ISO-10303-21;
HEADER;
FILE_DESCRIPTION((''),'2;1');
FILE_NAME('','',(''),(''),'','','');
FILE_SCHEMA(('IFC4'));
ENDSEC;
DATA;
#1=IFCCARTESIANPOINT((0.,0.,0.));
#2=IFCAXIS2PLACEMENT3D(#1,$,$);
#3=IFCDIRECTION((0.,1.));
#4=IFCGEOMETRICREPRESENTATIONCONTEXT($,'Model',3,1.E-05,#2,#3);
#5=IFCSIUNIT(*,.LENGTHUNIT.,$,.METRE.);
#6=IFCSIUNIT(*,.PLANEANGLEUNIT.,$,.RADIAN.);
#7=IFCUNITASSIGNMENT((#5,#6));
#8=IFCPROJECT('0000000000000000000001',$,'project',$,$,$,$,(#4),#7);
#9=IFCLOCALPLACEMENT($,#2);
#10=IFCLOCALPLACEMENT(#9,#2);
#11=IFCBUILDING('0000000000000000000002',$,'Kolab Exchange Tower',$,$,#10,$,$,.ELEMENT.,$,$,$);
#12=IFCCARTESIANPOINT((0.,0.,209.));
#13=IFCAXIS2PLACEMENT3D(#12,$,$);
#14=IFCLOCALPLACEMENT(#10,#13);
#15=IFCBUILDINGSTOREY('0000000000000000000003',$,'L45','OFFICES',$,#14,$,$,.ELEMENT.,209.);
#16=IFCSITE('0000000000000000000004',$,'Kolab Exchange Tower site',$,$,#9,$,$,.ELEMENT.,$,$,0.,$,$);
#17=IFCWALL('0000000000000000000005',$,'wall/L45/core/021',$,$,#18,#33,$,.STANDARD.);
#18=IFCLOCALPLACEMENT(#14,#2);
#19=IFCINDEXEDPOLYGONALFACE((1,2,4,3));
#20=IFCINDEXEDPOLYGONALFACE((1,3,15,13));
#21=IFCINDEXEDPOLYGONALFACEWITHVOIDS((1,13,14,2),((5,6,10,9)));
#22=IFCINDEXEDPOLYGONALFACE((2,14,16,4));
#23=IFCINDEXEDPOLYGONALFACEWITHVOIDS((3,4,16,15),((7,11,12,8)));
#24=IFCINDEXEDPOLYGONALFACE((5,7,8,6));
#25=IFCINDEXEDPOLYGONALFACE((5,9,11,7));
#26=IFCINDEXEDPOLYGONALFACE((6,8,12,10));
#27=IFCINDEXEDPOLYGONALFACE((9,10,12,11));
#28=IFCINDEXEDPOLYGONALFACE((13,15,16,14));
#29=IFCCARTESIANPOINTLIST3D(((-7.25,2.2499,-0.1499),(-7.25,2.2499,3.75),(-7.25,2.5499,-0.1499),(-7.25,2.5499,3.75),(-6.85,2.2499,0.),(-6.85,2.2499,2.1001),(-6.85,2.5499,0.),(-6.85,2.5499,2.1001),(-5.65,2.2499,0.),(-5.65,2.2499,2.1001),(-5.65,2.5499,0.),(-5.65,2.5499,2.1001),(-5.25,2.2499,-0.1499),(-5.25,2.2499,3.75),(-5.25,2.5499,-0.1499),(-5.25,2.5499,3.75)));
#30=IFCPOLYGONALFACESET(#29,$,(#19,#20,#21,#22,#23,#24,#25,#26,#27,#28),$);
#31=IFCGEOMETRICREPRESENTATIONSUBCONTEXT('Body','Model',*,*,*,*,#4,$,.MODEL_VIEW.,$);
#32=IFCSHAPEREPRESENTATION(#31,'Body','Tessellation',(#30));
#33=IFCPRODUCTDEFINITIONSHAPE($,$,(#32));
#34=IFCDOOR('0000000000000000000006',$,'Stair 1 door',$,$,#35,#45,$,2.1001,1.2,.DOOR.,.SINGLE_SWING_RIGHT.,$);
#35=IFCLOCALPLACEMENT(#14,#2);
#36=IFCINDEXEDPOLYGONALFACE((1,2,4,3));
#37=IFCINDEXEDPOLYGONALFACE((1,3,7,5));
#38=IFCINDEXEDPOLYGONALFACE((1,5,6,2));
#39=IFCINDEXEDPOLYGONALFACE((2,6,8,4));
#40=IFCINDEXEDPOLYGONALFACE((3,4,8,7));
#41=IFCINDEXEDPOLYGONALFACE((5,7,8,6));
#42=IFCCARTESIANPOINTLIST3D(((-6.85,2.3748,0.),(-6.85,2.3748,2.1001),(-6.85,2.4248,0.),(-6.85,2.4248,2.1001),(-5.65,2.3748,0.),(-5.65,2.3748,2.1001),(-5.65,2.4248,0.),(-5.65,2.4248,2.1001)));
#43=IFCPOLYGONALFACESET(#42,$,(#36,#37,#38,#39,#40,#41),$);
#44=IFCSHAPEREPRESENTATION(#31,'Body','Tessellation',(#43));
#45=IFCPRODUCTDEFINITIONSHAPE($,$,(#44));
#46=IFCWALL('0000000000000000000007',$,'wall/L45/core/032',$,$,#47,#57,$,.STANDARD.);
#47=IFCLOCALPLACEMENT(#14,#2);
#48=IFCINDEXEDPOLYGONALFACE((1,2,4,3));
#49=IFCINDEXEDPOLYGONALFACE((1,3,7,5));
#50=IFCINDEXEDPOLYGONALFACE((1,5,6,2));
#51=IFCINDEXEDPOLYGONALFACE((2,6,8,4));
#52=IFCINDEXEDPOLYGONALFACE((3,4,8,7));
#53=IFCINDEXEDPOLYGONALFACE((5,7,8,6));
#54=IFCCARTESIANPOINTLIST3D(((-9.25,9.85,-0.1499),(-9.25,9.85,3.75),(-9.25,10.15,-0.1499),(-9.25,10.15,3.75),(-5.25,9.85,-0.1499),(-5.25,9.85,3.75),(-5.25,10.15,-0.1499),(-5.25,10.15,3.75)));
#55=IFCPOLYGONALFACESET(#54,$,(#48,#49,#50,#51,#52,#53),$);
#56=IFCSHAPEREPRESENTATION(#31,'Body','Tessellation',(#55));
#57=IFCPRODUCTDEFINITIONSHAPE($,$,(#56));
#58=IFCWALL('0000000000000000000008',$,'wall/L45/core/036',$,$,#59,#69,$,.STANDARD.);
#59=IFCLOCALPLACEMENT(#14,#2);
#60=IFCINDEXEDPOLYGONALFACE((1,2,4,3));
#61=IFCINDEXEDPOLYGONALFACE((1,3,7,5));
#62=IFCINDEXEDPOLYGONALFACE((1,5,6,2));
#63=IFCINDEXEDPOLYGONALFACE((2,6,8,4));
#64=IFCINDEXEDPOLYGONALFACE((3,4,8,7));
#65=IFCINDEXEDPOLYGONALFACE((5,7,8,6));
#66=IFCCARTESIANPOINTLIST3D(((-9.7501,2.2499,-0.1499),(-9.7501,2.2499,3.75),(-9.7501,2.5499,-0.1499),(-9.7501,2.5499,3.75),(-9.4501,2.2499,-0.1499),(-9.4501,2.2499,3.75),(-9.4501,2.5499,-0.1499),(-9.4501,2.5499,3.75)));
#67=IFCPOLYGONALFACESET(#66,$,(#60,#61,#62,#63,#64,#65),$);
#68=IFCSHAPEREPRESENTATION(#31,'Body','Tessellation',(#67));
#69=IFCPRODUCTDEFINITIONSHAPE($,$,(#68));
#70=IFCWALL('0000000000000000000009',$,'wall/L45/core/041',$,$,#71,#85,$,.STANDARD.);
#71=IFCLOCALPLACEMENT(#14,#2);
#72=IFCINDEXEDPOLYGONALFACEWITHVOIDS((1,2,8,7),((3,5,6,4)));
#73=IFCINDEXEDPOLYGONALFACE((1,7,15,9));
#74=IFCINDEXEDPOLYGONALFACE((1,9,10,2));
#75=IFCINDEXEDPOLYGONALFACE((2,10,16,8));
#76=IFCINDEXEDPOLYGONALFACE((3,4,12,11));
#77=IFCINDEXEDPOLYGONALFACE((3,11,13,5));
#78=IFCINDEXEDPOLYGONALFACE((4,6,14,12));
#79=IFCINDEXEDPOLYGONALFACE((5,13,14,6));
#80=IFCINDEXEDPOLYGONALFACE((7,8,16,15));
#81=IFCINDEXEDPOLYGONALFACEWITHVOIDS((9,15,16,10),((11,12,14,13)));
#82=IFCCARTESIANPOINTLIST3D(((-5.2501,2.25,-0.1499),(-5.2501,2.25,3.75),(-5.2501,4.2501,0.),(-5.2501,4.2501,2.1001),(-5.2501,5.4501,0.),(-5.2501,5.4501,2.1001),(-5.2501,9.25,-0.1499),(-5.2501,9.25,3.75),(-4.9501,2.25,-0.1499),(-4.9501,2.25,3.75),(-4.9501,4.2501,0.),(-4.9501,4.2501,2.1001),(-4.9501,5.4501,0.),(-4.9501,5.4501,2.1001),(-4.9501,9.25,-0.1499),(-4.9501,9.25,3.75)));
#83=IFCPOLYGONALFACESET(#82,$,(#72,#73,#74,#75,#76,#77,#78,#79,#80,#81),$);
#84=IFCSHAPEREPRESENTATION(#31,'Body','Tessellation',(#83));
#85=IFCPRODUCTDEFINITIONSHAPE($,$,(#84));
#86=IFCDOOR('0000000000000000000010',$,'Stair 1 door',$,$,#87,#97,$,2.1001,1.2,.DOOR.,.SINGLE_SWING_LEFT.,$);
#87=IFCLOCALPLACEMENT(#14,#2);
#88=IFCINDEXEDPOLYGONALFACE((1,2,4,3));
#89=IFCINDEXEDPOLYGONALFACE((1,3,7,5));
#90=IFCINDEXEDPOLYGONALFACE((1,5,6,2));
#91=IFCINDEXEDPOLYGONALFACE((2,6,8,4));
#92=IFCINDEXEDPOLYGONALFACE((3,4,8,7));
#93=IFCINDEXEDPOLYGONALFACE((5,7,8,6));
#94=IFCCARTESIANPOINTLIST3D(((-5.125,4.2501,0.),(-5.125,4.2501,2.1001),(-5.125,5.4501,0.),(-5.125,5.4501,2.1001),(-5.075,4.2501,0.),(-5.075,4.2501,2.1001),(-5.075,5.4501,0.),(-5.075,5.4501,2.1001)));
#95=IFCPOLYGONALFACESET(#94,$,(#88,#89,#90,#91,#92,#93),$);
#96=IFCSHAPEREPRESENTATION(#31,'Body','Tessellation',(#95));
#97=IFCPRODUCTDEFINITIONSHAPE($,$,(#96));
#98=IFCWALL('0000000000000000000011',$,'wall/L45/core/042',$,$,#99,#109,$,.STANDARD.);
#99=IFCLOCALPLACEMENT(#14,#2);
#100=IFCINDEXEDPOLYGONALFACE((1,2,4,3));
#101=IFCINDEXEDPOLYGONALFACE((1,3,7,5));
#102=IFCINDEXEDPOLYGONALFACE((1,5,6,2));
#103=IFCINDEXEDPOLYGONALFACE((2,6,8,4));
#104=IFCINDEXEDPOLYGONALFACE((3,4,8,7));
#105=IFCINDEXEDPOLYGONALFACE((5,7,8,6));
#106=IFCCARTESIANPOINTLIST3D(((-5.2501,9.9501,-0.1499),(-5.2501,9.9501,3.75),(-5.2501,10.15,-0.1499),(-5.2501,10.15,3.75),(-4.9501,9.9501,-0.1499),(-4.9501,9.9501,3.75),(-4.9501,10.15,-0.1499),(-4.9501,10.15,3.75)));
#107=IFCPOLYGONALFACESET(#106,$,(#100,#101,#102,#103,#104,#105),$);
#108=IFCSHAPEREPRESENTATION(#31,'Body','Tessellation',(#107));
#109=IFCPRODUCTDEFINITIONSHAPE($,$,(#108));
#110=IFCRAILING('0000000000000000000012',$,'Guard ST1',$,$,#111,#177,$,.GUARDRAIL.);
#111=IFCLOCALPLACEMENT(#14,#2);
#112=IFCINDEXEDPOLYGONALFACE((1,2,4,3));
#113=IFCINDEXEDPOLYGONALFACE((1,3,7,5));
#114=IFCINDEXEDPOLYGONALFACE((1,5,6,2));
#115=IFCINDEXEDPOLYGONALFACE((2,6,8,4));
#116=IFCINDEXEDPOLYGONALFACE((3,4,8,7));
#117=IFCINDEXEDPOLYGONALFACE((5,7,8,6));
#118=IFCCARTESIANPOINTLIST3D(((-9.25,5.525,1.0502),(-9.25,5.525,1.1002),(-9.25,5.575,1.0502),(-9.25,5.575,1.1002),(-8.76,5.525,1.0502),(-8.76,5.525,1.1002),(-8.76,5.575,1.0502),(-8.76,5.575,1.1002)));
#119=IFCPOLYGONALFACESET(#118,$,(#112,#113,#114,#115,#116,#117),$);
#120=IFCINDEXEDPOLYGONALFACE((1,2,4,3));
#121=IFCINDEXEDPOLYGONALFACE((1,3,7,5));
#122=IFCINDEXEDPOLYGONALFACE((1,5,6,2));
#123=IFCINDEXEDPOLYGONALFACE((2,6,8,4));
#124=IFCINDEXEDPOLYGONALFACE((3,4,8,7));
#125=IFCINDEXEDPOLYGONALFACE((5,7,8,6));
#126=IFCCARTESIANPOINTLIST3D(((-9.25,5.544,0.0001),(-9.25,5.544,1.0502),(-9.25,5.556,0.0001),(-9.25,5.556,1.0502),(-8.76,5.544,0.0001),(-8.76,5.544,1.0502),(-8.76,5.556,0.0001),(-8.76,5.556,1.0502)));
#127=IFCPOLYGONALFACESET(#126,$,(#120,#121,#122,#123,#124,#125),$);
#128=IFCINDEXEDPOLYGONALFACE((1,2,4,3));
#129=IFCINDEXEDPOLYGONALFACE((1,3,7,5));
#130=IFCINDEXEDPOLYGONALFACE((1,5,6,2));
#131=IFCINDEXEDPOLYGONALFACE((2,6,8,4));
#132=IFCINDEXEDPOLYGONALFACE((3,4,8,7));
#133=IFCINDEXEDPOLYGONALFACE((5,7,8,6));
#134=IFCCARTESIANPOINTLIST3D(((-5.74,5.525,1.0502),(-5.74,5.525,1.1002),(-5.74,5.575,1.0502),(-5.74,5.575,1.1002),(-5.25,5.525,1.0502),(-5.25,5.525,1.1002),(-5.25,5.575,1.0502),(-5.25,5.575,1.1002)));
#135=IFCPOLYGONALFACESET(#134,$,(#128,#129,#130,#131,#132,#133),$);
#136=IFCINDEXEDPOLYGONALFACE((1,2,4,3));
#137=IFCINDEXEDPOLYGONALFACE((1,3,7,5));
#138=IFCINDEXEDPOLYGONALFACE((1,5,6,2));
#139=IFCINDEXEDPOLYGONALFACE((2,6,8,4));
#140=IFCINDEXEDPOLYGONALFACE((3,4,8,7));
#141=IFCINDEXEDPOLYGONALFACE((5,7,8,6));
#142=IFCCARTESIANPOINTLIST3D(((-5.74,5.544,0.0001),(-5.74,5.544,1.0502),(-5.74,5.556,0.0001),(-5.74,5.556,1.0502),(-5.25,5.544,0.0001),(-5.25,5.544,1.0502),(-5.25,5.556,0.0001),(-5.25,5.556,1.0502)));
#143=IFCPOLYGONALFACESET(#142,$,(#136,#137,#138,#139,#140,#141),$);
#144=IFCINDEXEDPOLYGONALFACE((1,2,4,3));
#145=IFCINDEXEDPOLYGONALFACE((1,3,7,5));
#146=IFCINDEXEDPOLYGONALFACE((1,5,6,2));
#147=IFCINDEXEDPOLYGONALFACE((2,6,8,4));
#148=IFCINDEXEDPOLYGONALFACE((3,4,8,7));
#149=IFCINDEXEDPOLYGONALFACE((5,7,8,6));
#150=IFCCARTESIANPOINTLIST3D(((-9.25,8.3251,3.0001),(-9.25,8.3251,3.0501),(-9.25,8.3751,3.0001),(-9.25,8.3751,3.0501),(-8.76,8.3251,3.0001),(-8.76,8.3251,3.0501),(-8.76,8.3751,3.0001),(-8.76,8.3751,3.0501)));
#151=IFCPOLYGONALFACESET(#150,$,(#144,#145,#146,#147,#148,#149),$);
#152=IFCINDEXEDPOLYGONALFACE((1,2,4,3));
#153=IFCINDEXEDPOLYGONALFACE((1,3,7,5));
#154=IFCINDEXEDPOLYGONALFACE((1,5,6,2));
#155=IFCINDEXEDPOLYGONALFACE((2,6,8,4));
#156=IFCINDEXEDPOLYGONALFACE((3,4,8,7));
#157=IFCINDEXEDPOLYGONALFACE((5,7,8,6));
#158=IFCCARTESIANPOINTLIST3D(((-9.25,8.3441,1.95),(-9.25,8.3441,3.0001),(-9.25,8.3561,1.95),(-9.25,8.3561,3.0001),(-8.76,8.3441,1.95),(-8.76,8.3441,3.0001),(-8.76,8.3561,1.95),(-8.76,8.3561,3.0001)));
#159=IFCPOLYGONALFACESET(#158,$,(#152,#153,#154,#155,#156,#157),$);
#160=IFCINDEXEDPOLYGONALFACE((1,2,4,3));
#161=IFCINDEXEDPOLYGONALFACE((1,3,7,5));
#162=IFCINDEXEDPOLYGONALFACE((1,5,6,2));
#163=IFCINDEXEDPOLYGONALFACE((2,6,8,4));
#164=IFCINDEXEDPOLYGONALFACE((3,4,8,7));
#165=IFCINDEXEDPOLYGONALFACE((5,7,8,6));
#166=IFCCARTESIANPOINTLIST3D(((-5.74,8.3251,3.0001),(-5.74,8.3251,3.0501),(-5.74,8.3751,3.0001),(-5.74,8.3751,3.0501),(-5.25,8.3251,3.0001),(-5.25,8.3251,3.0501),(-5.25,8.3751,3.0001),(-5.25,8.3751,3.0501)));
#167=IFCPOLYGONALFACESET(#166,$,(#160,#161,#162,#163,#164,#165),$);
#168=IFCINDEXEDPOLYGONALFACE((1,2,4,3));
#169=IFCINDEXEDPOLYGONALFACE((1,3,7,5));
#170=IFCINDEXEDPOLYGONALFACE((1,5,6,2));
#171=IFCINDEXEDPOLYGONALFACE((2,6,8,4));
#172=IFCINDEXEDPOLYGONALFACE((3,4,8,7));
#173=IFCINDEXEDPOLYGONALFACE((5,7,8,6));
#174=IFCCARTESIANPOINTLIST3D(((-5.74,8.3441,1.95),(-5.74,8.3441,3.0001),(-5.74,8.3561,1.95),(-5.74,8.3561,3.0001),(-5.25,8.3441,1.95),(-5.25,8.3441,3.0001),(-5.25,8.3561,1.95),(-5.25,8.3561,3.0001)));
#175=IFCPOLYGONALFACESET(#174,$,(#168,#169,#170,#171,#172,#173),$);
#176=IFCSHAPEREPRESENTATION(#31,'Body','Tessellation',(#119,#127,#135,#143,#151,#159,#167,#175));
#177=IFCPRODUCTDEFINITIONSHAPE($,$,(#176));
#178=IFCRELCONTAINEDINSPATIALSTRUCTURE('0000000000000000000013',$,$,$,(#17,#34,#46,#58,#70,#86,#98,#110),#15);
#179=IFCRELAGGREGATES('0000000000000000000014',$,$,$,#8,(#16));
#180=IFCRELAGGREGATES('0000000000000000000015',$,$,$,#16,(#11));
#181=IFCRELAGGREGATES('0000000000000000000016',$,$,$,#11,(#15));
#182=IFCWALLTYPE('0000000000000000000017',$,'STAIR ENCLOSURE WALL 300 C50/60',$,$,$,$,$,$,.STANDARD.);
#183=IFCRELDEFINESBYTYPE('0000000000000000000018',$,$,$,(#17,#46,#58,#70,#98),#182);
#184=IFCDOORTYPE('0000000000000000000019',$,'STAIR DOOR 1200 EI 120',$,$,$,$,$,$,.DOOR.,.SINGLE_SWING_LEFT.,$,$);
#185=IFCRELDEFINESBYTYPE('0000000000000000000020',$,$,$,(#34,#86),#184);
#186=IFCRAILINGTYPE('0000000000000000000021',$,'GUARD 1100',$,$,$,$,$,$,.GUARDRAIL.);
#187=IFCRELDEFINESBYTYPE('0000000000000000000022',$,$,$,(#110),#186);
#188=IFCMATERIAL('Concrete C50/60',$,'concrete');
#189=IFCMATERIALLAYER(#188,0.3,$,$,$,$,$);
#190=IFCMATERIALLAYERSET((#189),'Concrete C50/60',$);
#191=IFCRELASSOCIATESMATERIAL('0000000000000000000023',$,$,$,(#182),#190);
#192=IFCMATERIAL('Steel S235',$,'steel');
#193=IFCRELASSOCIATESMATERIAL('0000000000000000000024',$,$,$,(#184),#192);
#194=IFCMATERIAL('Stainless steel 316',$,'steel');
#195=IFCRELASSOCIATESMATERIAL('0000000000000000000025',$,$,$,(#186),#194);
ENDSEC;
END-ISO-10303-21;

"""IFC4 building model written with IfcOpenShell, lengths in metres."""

from ifc_helpers import new_model, si_unit, direction, frame, frame_2d, origin, origin_2d, place, context, subcontext, project, spatial, rectangle, extrude, material, layer, layer_set, type_object, element, fill, save


model = new_model("IFC4")

# Units and contexts
model_context = context("Model", 3, precision=1e-05, world=origin(), true_north=direction((0.0, 1.0)))
body_context = subcontext(model_context, "Body", "Model", "MODEL_VIEW")
ifc_project = project(units=[si_unit("LENGTHUNIT", "METRE"), si_unit("PLANEANGLEUNIT", "RADIAN")], contexts=[model_context])

# Site, building, storey
site_placement = place(None, origin())
site = spatial("IfcSite", under=ifc_project, at=site_placement, Name="Kolab Exchange Tower site", CompositionType="ELEMENT", RefElevation=0.0)
building_placement = place(site_placement, origin())
building = spatial("IfcBuilding", under=site, at=building_placement, Name="Kolab Exchange Tower", CompositionType="ELEMENT")
storey_placement = place(building_placement, frame((0.0, 0.0, 209.0)))
storey = spatial("IfcBuildingStorey", under=building, at=storey_placement, Name="L45", Description="OFFICES", CompositionType="ELEMENT", Elevation=209.0)

# Shared definitions
ifc_material_1 = material(Name="Steel S235", Category="steel")

# Shared definitions
ifc_material_2 = material(Name="Concrete C50/60", Category="concrete")

# Shared definitions
ifc_material_3 = material(Name="Stainless steel 316", Category="steel")

# Shared definitions
ifc_layer_1 = layer(ifc_material_2, 0.3)
ifc_layer_set_1 = layer_set([ifc_layer_1], Name="Concrete C50/60")
wall_type_1 = type_object("IfcWallType", Name="STAIR ENCLOSURE WALL 300 C50/60", PredefinedType="STANDARD", material=ifc_layer_set_1)

# Wall, opening, door
wall_1_placement = place(storey_placement, frame((-7.25, 2.3999, -0.1499), z_axis=(0.0, 0.0, 1.0), x_axis=(1.0, 0.0, 0.0)))
wall_1 = element("IfcWall", 1, at=wall_1_placement, inside=storey, type_object=wall_type_1, Name="wall/L45/core/021", PredefinedType="STANDARD", context=body_context, shape_type="SweptSolid", body=[
    extrude(rectangle(XDim=2.0, YDim=0.3, at=frame_2d((1.0, 0.0))), origin(), (0.0, 0.0, 1.0), 3.8999),
])
opening_1_placement = place(wall_1_placement, frame((0.3999, 0.0, 0.1499)))
opening_1 = element("IfcOpeningElement", 2, at=opening_1_placement, cuts=wall_1, PredefinedType="OPENING", context=body_context, shape_type="SweptSolid", body=[
    extrude(rectangle(XDim=1.2, YDim=2.1001, at=frame_2d((0.6001, 1.05))), frame((0.0, 0.1602, 0.0), z_axis=(0.0, -1.0, 0.0), x_axis=(1.0, 0.0, 0.0)), (0.0, 0.0, 1.0), 0.3201),
])
door_type_1 = type_object("IfcDoorType", Name="STAIR DOOR 1200 EI 120", OperationType="SINGLE_SWING_LEFT", PredefinedType="DOOR", material=ifc_material_1)
door_1_placement = place(opening_1_placement, origin())
door_1 = element("IfcDoor", 3, at=door_1_placement, inside=storey, type_object=door_type_1, Name="Stair 1 door", OperationType="SINGLE_SWING_RIGHT", OverallHeight=2.1001, OverallWidth=1.2, PredefinedType="DOOR", context=body_context, shape_type="SweptSolid", body=[
    extrude(rectangle(XDim=1.2, YDim=2.1001, at=frame_2d((0.6001, 1.05))), frame((0.0, 0.0249, 0.0), z_axis=(0.0, -1.0, 0.0), x_axis=(1.0, 0.0, 0.0)), (0.0, 0.0, 1.0), 0.05),
])
fill(opening_1, door_1)

# Walls
wall_2_placement = place(storey_placement, frame((-9.25, 10.0, -0.1499), z_axis=(0.0, 0.0, 1.0), x_axis=(1.0, 0.0, 0.0)))
element("IfcWall", 4, at=wall_2_placement, inside=storey, type_object=wall_type_1, Name="wall/L45/core/032", PredefinedType="STANDARD", context=body_context, shape_type="SweptSolid", body=[
    extrude(rectangle(XDim=4.0, YDim=0.3, at=frame_2d((2.0, 0.0))), origin(), (0.0, 0.0, 1.0), 3.8999),
])
wall_3_placement = place(storey_placement, frame((-9.6001, 2.25, -0.1499), z_axis=(0.0, 0.0, 1.0), x_axis=(0.0, 1.0, 0.0)))
element("IfcWall", 5, at=wall_3_placement, inside=storey, type_object=wall_type_1, Name="wall/L45/core/036", PredefinedType="STANDARD", context=body_context, shape_type="SweptSolid", body=[
    extrude(rectangle(XDim=0.3, YDim=0.3, at=frame_2d((0.1499, 0.0))), origin(), (0.0, 0.0, 1.0), 3.8999),
])

# Wall, opening, door
wall_4_placement = place(storey_placement, frame((-5.1001, 2.25, -0.1499), z_axis=(0.0, 0.0, 1.0), x_axis=(0.0, 1.0, 0.0)))
wall_4 = element("IfcWall", 6, at=wall_4_placement, inside=storey, type_object=wall_type_1, Name="wall/L45/core/041", PredefinedType="STANDARD", context=body_context, shape_type="SweptSolid", body=[
    extrude(rectangle(XDim=7.0, YDim=0.3, at=frame_2d((3.5, 0.0))), origin(), (0.0, 0.0, 1.0), 3.8999),
])
opening_2_placement = place(wall_4_placement, frame((2.0, 0.0, 0.1499)))
opening_2 = element("IfcOpeningElement", 7, at=opening_2_placement, cuts=wall_4, PredefinedType="OPENING", context=body_context, shape_type="SweptSolid", body=[
    extrude(rectangle(XDim=1.2, YDim=2.1001, at=frame_2d((0.6001, 1.05))), frame((0.0, 0.1602, 0.0), z_axis=(0.0, -1.0, 0.0), x_axis=(1.0, 0.0, 0.0)), (0.0, 0.0, 1.0), 0.3201),
])
door_2_placement = place(opening_2_placement, origin())
door_2 = element("IfcDoor", 8, at=door_2_placement, inside=storey, type_object=door_type_1, Name="Stair 1 door", OperationType="SINGLE_SWING_LEFT", OverallHeight=2.1001, OverallWidth=1.2, PredefinedType="DOOR", context=body_context, shape_type="SweptSolid", body=[
    extrude(rectangle(XDim=1.2, YDim=2.1001, at=frame_2d((0.6001, 1.05))), frame((0.0, 0.0249, 0.0), z_axis=(0.0, -1.0, 0.0), x_axis=(1.0, 0.0, 0.0)), (0.0, 0.0, 1.0), 0.05),
])
fill(opening_2, door_2)

# Wall
wall_5_placement = place(storey_placement, frame((-5.1001, 9.95, -0.1499), z_axis=(0.0, 0.0, 1.0), x_axis=(0.0, 1.0, 0.0)))
element("IfcWall", 9, at=wall_5_placement, inside=storey, type_object=wall_type_1, Name="wall/L45/core/042", PredefinedType="STANDARD", context=body_context, shape_type="SweptSolid", body=[
    extrude(rectangle(XDim=0.2, YDim=0.3, at=frame_2d((0.1001, 0.0))), origin(), (0.0, 0.0, 1.0), 3.8999),
])

# Railing
railing_type = type_object("IfcRailingType", Name="GUARD 1100", PredefinedType="GUARDRAIL", material=ifc_material_3)
railing_1_placement = place(storey_placement, frame((-9.25, 5.55, 0.0)))
element("IfcRailing", 10, at=railing_1_placement, inside=storey, type_object=railing_type, Name="Guard ST1", PredefinedType="GUARDRAIL", context=body_context, shape_type="SweptSolid", body=[
    extrude(rectangle(XDim=0.05, YDim=0.05, at=origin_2d()), frame((0.0, 0.0, 1.0752), z_axis=(1.0, 0.0, 0.0), x_axis=(0.0, 1.0, 0.0)), (0.0, 0.0, 1.0), 0.49),
    extrude(rectangle(XDim=0.012, YDim=1.0501, at=frame_2d((0.0, 0.5251))), frame((0.0, 0.0, 0.0), z_axis=(1.0, 0.0, 0.0), x_axis=(0.0, 1.0, 0.0)), (0.0, 0.0, 1.0), 0.49),
    extrude(rectangle(XDim=0.05, YDim=0.05, at=origin_2d()), frame((3.51, 0.0, 1.0752), z_axis=(1.0, 0.0, 0.0), x_axis=(0.0, 1.0, 0.0)), (0.0, 0.0, 1.0), 0.49),
    extrude(rectangle(XDim=0.012, YDim=1.0501, at=frame_2d((0.0, 0.5251))), frame((3.51, 0.0, 0.0), z_axis=(1.0, 0.0, 0.0), x_axis=(0.0, 1.0, 0.0)), (0.0, 0.0, 1.0), 0.49),
    extrude(rectangle(XDim=0.05, YDim=0.05, at=origin_2d()), frame((0.0, 2.8, 3.0251), z_axis=(1.0, 0.0, 0.0), x_axis=(0.0, 1.0, 0.0)), (0.0, 0.0, 1.0), 0.49),
    extrude(rectangle(XDim=0.012, YDim=1.0501, at=frame_2d((0.0, 0.5251))), frame((0.0, 2.8, 1.95), z_axis=(1.0, 0.0, 0.0), x_axis=(0.0, 1.0, 0.0)), (0.0, 0.0, 1.0), 0.49),
    extrude(rectangle(XDim=0.05, YDim=0.05, at=origin_2d()), frame((3.51, 2.8, 3.0251), z_axis=(1.0, 0.0, 0.0), x_axis=(0.0, 1.0, 0.0)), (0.0, 0.0, 1.0), 0.49),
    extrude(rectangle(XDim=0.012, YDim=1.0501, at=frame_2d((0.0, 0.5251))), frame((3.51, 2.8, 1.95), z_axis=(1.0, 0.0, 0.0), x_axis=(0.0, 1.0, 0.0)), (0.0, 0.0, 1.0), 0.49),
])

save(model, "model.ifc")
